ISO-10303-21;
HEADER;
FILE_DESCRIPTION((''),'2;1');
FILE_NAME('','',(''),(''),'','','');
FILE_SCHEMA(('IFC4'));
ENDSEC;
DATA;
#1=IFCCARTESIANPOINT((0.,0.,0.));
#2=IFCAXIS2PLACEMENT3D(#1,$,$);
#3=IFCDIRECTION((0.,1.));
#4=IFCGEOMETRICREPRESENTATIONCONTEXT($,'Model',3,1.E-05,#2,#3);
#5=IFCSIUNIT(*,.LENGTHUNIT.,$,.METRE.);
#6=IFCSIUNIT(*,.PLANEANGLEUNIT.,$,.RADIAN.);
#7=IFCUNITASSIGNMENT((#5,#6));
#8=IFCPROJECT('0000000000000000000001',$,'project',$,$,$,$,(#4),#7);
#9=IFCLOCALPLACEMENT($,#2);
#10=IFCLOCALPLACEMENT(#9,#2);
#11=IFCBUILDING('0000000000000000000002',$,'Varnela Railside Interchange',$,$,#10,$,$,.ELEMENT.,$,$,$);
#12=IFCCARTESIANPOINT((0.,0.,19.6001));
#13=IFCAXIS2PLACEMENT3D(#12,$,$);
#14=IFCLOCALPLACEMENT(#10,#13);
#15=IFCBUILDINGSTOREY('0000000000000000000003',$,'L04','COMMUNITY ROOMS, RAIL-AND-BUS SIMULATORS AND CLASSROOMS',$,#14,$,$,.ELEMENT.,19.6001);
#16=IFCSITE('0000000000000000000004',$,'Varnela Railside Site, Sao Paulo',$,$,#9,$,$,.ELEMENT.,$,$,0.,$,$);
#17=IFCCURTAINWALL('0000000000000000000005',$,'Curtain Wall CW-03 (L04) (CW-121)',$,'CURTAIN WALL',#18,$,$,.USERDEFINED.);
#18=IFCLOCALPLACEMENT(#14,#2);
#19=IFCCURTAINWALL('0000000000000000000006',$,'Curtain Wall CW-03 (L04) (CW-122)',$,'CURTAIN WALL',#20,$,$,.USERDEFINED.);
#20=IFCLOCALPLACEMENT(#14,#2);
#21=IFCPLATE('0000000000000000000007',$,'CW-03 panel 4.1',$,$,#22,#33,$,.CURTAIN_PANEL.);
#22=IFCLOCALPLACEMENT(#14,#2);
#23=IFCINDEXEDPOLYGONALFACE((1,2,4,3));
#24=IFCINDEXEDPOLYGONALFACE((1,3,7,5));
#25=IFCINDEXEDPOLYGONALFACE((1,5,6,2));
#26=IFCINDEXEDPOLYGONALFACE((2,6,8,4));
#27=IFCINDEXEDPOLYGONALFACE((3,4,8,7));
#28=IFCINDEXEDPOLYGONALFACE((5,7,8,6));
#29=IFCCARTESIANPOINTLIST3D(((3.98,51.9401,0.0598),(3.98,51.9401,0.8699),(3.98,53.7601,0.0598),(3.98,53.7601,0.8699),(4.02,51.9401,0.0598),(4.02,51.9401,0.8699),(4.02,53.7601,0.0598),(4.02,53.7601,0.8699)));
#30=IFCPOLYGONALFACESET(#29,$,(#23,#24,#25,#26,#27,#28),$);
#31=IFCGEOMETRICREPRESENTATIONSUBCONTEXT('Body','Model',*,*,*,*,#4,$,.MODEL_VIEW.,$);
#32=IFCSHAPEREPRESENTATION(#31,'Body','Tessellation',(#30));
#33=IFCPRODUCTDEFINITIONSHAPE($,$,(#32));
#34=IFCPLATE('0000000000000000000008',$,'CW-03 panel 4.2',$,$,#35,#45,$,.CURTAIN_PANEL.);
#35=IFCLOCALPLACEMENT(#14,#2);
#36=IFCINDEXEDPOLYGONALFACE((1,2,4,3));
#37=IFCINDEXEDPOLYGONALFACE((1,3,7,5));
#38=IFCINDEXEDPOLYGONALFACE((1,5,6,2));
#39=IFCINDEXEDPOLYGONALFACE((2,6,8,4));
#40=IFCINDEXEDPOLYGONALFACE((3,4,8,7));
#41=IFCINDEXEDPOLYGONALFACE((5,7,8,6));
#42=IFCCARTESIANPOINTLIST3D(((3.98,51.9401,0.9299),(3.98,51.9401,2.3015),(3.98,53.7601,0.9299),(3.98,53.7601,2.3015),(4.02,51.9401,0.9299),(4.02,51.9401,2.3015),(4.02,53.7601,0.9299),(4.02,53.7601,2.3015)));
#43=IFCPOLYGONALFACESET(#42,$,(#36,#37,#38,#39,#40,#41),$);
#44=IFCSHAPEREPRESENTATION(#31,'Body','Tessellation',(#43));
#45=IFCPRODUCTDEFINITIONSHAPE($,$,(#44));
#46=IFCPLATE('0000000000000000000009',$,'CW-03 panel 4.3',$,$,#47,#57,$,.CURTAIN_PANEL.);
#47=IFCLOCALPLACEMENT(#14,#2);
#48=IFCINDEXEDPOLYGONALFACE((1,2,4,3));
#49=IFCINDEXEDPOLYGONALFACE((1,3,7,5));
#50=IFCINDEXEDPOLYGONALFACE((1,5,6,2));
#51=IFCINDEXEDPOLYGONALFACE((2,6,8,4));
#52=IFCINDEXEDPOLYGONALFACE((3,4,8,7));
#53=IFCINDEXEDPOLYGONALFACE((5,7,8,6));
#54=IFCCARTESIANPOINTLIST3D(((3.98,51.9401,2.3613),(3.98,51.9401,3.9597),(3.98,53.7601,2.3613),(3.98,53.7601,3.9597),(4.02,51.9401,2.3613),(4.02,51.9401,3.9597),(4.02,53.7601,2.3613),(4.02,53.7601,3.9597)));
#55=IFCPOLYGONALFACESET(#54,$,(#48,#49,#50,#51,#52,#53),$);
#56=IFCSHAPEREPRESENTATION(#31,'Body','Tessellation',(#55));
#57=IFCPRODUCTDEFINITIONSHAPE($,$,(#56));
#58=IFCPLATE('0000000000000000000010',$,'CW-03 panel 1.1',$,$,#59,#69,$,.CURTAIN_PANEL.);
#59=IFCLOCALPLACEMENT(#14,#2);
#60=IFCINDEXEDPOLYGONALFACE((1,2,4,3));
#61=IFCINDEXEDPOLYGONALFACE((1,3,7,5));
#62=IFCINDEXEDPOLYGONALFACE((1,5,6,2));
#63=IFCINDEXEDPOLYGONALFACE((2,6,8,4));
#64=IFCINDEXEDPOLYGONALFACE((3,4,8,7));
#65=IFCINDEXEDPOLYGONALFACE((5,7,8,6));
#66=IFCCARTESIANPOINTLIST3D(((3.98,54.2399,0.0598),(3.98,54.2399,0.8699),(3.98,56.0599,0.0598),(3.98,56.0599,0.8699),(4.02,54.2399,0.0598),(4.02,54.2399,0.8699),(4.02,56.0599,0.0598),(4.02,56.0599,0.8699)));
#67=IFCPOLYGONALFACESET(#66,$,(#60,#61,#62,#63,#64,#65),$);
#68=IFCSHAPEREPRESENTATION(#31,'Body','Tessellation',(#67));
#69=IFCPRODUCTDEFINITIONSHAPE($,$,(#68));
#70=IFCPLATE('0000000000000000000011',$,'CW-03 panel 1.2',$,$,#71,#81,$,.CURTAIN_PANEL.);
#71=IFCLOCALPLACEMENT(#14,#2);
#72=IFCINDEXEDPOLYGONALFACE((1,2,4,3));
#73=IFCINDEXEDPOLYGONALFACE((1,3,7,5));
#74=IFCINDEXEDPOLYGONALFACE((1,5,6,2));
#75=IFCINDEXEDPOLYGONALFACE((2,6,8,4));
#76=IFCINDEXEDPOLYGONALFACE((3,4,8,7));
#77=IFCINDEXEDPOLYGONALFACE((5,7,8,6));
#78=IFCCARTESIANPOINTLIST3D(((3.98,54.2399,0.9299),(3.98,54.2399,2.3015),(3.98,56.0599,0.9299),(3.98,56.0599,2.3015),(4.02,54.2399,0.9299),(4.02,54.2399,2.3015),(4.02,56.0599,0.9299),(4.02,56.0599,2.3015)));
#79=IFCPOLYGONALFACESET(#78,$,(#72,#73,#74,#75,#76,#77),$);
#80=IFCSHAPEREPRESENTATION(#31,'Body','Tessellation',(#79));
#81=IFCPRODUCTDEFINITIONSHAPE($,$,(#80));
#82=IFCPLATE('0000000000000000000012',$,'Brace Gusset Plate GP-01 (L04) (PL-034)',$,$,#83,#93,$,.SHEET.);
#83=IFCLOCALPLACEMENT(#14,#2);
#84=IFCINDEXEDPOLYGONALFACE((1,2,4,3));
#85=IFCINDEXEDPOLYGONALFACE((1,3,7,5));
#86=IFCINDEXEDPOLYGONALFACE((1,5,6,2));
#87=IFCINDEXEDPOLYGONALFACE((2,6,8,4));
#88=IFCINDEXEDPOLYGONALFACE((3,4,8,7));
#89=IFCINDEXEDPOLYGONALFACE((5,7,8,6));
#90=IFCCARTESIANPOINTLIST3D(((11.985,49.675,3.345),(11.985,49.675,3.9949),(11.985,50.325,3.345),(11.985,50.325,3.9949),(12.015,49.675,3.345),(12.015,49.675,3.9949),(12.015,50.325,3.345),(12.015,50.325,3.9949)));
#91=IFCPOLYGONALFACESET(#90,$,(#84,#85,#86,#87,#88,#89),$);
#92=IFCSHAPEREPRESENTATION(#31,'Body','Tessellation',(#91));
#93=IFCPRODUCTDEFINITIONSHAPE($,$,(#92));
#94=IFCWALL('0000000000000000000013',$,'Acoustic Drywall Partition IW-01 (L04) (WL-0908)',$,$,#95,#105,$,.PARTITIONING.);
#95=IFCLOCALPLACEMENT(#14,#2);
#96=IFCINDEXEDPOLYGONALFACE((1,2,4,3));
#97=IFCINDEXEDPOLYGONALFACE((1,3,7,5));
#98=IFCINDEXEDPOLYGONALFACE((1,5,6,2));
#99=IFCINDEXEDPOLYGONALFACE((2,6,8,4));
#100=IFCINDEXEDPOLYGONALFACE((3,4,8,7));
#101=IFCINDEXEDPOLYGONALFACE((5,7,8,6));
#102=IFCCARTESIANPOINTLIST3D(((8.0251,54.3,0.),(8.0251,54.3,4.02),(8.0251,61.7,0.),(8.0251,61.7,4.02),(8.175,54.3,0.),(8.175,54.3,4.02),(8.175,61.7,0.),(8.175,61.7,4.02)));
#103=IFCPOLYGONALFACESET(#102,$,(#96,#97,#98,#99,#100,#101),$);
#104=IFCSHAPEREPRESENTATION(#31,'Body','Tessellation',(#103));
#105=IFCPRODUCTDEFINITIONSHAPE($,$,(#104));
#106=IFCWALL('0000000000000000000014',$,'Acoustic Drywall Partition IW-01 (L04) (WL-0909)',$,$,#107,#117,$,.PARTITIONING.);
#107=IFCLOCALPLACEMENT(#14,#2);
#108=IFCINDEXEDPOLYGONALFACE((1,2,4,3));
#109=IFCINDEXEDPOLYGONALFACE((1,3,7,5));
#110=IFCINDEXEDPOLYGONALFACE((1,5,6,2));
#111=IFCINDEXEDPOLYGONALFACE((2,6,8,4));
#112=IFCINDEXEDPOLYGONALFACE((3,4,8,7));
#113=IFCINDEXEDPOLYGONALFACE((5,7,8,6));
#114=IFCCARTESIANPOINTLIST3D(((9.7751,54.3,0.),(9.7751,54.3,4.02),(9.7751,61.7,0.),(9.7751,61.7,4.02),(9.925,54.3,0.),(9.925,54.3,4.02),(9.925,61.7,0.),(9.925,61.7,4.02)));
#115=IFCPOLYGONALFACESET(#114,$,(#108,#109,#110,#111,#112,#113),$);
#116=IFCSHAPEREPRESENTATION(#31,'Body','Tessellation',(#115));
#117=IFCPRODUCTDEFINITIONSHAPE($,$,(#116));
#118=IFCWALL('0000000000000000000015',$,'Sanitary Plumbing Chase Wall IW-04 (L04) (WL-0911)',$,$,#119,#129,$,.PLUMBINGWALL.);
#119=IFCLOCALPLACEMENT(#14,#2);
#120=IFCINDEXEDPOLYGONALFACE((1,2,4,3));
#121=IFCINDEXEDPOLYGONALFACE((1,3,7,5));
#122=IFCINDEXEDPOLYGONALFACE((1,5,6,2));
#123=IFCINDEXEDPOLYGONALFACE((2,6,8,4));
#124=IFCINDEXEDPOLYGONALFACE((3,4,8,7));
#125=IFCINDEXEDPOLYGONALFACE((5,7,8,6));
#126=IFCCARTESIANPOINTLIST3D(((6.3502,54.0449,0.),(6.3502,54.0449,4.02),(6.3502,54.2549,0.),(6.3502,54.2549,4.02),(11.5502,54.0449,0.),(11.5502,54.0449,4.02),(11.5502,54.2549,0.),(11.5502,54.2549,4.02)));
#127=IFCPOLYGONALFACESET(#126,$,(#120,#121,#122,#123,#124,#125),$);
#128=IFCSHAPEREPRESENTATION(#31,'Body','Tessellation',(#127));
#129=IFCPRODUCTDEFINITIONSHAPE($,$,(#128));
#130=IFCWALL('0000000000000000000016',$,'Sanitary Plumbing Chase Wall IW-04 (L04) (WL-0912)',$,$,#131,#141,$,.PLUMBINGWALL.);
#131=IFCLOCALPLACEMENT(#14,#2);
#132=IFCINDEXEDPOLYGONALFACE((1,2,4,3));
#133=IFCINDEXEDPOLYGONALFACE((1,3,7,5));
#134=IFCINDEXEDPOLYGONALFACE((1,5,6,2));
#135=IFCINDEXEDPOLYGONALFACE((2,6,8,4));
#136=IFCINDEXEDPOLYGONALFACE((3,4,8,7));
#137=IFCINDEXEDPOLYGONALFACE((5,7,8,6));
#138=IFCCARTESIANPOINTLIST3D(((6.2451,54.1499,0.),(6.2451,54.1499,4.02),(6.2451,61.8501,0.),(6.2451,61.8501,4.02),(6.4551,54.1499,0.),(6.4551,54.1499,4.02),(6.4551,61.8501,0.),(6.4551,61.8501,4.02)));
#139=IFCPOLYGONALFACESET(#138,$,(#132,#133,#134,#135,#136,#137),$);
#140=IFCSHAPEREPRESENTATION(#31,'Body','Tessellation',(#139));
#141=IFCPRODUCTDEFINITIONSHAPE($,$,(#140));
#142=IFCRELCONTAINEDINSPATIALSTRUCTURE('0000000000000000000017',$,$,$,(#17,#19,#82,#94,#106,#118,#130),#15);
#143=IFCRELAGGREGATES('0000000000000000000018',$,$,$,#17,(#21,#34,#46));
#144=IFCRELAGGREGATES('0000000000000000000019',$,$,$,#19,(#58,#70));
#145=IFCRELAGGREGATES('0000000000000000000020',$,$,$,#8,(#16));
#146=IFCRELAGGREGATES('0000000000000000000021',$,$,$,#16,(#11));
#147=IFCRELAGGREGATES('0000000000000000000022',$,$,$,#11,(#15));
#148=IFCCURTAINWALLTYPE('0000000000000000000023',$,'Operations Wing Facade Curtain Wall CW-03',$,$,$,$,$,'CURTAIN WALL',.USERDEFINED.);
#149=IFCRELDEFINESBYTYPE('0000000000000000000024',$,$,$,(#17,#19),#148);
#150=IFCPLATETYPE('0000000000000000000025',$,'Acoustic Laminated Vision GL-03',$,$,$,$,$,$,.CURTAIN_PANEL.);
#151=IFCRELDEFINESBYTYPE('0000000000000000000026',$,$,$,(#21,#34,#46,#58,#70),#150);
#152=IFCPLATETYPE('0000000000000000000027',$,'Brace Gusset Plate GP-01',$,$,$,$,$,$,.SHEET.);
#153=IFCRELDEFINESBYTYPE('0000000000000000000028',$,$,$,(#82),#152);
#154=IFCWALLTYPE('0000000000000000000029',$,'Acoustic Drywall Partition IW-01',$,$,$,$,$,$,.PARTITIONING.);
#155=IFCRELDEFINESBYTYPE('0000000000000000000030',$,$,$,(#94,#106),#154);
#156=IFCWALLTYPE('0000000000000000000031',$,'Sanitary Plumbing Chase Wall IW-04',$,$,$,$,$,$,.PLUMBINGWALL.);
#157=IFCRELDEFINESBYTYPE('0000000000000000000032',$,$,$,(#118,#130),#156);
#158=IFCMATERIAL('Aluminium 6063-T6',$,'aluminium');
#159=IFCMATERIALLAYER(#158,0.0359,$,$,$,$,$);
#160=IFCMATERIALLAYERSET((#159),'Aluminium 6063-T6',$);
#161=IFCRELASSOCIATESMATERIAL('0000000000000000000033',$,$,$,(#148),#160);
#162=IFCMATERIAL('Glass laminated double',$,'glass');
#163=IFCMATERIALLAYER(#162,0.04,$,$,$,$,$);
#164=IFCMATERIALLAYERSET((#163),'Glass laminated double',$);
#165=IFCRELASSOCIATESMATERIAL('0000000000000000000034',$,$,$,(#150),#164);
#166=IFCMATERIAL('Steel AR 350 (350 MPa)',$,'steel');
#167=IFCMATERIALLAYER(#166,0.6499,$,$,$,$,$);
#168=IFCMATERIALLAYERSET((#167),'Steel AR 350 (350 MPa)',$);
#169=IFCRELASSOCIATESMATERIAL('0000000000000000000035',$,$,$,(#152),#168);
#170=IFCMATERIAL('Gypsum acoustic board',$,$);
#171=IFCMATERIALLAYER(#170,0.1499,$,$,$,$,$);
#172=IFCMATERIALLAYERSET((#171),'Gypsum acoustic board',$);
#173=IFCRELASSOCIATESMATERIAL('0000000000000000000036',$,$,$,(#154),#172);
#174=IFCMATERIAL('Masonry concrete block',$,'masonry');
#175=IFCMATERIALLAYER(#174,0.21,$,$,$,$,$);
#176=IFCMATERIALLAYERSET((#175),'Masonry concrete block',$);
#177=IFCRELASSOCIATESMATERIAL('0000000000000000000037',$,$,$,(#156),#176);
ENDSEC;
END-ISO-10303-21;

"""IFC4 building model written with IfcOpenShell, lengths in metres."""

from ifc_helpers import new_model, si_unit, direction, frame, frame_2d, origin, origin_2d, place, context, subcontext, project, spatial, rectangle, extrude, material, layer, layer_set, type_object, element, aggregate, save


model = new_model("IFC4")

# Units and contexts
model_context = context("Model", 3, precision=1e-05, world=origin(), true_north=direction((0.0, 1.0)))
body_context = subcontext(model_context, "Body", "Model", "MODEL_VIEW")
ifc_project = project(units=[si_unit("LENGTHUNIT", "METRE"), si_unit("PLANEANGLEUNIT", "RADIAN")], contexts=[model_context])

# Site, building, storey
site_placement = place(None, origin())
site = spatial("IfcSite", under=ifc_project, at=site_placement, Name="Varnela Railside Site, Sao Paulo", CompositionType="ELEMENT", RefElevation=0.0)
building_placement = place(site_placement, origin())
building = spatial("IfcBuilding", under=site, at=building_placement, Name="Varnela Railside Interchange", CompositionType="ELEMENT")
storey_placement = place(building_placement, frame((0.0, 0.0, 19.6001)))
storey = spatial("IfcBuildingStorey", under=building, at=storey_placement, Name="L04", Description="COMMUNITY ROOMS, RAIL-AND-BUS SIMULATORS AND CLASSROOMS", CompositionType="ELEMENT", Elevation=19.6001)

# Shared definitions
ifc_material_1 = material(Name="Steel AR 350 (350 MPa)", Category="steel")

# Curtain wall
ifc_material_2 = material(Name="Aluminium 6063-T6", Category="aluminium")
ifc_layer_1 = layer(ifc_material_2, 0.0359)
ifc_layer_set_1 = layer_set([ifc_layer_1], Name="Aluminium 6063-T6")
curtain_wall_type = type_object("IfcCurtainWallType", Name="Operations Wing Facade Curtain Wall CW-03", ElementType="CURTAIN WALL", PredefinedType="USERDEFINED", material=ifc_layer_set_1)
curtain_wall_1_placement = place(storey_placement, origin())
curtain_wall_1 = element("IfcCurtainWall", 1, at=curtain_wall_1_placement, inside=storey, type_object=curtain_wall_type, Name="Curtain Wall CW-03 (L04) (CW-121)", ObjectType="CURTAIN WALL", PredefinedType="USERDEFINED")

# Curtain wall
curtain_wall_2_placement = place(storey_placement, origin())
curtain_wall_2 = element("IfcCurtainWall", 2, at=curtain_wall_2_placement, inside=storey, type_object=curtain_wall_type, Name="Curtain Wall CW-03 (L04) (CW-122)", ObjectType="CURTAIN WALL", PredefinedType="USERDEFINED")

# Plates
ifc_material_3 = material(Name="Glass laminated double", Category="glass")
ifc_layer_2 = layer(ifc_material_3, 0.04)
ifc_layer_set_2 = layer_set([ifc_layer_2], Name="Glass laminated double")
plate_type_1 = type_object("IfcPlateType", Name="Acoustic Laminated Vision GL-03", PredefinedType="CURTAIN_PANEL", material=ifc_layer_set_2)
plate_1_placement = place(storey_placement, frame((4.0, 52.8501, 0.0598), z_axis=(0.0, 0.0, 1.0), x_axis=(0.0, 1.0, 0.0)))
plate_1 = element("IfcPlate", 3, at=plate_1_placement, type_object=plate_type_1, Name="CW-03 panel 4.1", PredefinedType="CURTAIN_PANEL", context=body_context, shape_type="SweptSolid", body=[
    extrude(rectangle(XDim=1.8201, YDim=0.04, at=origin_2d()), origin(), (0.0, 0.0, 1.0), 0.8101),
])
plate_2_placement = place(storey_placement, frame((4.0, 52.8501, 0.9299), z_axis=(0.0, 0.0, 1.0), x_axis=(0.0, 1.0, 0.0)))
plate_2 = element("IfcPlate", 4, at=plate_2_placement, type_object=plate_type_1, Name="CW-03 panel 4.2", PredefinedType="CURTAIN_PANEL", context=body_context, shape_type="SweptSolid", body=[
    extrude(rectangle(XDim=1.8201, YDim=0.04, at=origin_2d()), origin(), (0.0, 0.0, 1.0), 1.3716),
])
plate_3_placement = place(storey_placement, frame((4.0, 52.8501, 2.3613), z_axis=(0.0, 0.0, 1.0), x_axis=(0.0, 1.0, 0.0)))
plate_3 = element("IfcPlate", 5, at=plate_3_placement, type_object=plate_type_1, Name="CW-03 panel 4.3", PredefinedType="CURTAIN_PANEL", context=body_context, shape_type="SweptSolid", body=[
    extrude(rectangle(XDim=1.8201, YDim=0.04, at=origin_2d()), origin(), (0.0, 0.0, 1.0), 1.5984),
])
aggregate(curtain_wall_1, [plate_1, plate_2, plate_3])
plate_4_placement = place(storey_placement, frame((4.0, 55.1499, 0.0598), z_axis=(0.0, 0.0, 1.0), x_axis=(0.0, 1.0, 0.0)))
plate_4 = element("IfcPlate", 6, at=plate_4_placement, type_object=plate_type_1, Name="CW-03 panel 1.1", PredefinedType="CURTAIN_PANEL", context=body_context, shape_type="SweptSolid", body=[
    extrude(rectangle(XDim=1.8201, YDim=0.04, at=origin_2d()), origin(), (0.0, 0.0, 1.0), 0.8101),
])
plate_5_placement = place(storey_placement, frame((4.0, 55.1499, 0.9299), z_axis=(0.0, 0.0, 1.0), x_axis=(0.0, 1.0, 0.0)))
plate_5 = element("IfcPlate", 7, at=plate_5_placement, type_object=plate_type_1, Name="CW-03 panel 1.2", PredefinedType="CURTAIN_PANEL", context=body_context, shape_type="SweptSolid", body=[
    extrude(rectangle(XDim=1.8201, YDim=0.04, at=origin_2d()), origin(), (0.0, 0.0, 1.0), 1.3716),
])
aggregate(curtain_wall_2, [plate_4, plate_5])
ifc_layer_3 = layer(ifc_material_1, 0.6499)
ifc_layer_set_3 = layer_set([ifc_layer_3], Name="Steel AR 350 (350 MPa)")
plate_type_2 = type_object("IfcPlateType", Name="Brace Gusset Plate GP-01", PredefinedType="SHEET", material=ifc_layer_set_3)
plate_6_placement = place(storey_placement, frame((12.0, 50.0, 3.345), z_axis=(0.0, 0.0, 1.0), x_axis=(0.0, 1.0, 0.0)))
element("IfcPlate", 8, at=plate_6_placement, inside=storey, type_object=plate_type_2, Name="Brace Gusset Plate GP-01 (L04) (PL-034)", PredefinedType="SHEET", context=body_context, shape_type="SweptSolid", body=[
    extrude(rectangle(XDim=0.6499, YDim=0.03, at=origin_2d()), origin(), (0.0, 0.0, 1.0), 0.6499),
])

# Walls
ifc_material_4 = material(Name="Gypsum acoustic board")
ifc_layer_4 = layer(ifc_material_4, 0.1499)
ifc_layer_set_4 = layer_set([ifc_layer_4], Name="Gypsum acoustic board")
wall_type_1 = type_object("IfcWallType", Name="Acoustic Drywall Partition IW-01", PredefinedType="PARTITIONING", material=ifc_layer_set_4)
for number, where, z_axis, x_axis, name in (
    (9, (8.1001, 54.3, 0.0), (0.0, 0.0, 1.0), (0.0, 1.0, 0.0), "Acoustic Drywall Partition IW-01 (L04) (WL-0908)"),
    (10, (9.8501, 54.3, 0.0), (0.0, 0.0, 1.0), (0.0, 1.0, 0.0), "Acoustic Drywall Partition IW-01 (L04) (WL-0909)"),
):
    element("IfcWall", number, at=place(storey_placement, frame(where, z_axis=z_axis, x_axis=x_axis)), inside=storey, type_object=wall_type_1, Name=name, PredefinedType="PARTITIONING", context=body_context, shape_type="SweptSolid", body=[
        extrude(rectangle(XDim=7.3999, YDim=0.1499, at=frame_2d((3.7, 0.0))), origin(), (0.0, 0.0, 1.0), 4.02),
    ])
ifc_material_5 = material(Name="Masonry concrete block", Category="masonry")
ifc_layer_5 = layer(ifc_material_5, 0.21)
ifc_layer_set_5 = layer_set([ifc_layer_5], Name="Masonry concrete block")
wall_type_2 = type_object("IfcWallType", Name="Sanitary Plumbing Chase Wall IW-04", PredefinedType="PLUMBINGWALL", material=ifc_layer_set_5)
wall_1_placement = place(storey_placement, frame((6.3501, 54.1499, 0.0), z_axis=(0.0, 0.0, 1.0), x_axis=(1.0, 0.0, 0.0)))
element("IfcWall", 11, at=wall_1_placement, inside=storey, type_object=wall_type_2, Name="Sanitary Plumbing Chase Wall IW-04 (L04) (WL-0911)", PredefinedType="PLUMBINGWALL", context=body_context, shape_type="SweptSolid", body=[
    extrude(rectangle(XDim=5.2, YDim=0.21, at=frame_2d((2.6001, 0.0))), origin(), (0.0, 0.0, 1.0), 4.02),
])
wall_2_placement = place(storey_placement, frame((6.3501, 54.1499, 0.0), z_axis=(0.0, 0.0, 1.0), x_axis=(0.0, 1.0, 0.0)))
element("IfcWall", 12, at=wall_2_placement, inside=storey, type_object=wall_type_2, Name="Sanitary Plumbing Chase Wall IW-04 (L04) (WL-0912)", PredefinedType="PLUMBINGWALL", context=body_context, shape_type="SweptSolid", body=[
    extrude(rectangle(XDim=7.7002, YDim=0.21, at=frame_2d((3.8501, 0.0))), origin(), (0.0, 0.0, 1.0), 4.02),
])

save(model, "model.ifc")
